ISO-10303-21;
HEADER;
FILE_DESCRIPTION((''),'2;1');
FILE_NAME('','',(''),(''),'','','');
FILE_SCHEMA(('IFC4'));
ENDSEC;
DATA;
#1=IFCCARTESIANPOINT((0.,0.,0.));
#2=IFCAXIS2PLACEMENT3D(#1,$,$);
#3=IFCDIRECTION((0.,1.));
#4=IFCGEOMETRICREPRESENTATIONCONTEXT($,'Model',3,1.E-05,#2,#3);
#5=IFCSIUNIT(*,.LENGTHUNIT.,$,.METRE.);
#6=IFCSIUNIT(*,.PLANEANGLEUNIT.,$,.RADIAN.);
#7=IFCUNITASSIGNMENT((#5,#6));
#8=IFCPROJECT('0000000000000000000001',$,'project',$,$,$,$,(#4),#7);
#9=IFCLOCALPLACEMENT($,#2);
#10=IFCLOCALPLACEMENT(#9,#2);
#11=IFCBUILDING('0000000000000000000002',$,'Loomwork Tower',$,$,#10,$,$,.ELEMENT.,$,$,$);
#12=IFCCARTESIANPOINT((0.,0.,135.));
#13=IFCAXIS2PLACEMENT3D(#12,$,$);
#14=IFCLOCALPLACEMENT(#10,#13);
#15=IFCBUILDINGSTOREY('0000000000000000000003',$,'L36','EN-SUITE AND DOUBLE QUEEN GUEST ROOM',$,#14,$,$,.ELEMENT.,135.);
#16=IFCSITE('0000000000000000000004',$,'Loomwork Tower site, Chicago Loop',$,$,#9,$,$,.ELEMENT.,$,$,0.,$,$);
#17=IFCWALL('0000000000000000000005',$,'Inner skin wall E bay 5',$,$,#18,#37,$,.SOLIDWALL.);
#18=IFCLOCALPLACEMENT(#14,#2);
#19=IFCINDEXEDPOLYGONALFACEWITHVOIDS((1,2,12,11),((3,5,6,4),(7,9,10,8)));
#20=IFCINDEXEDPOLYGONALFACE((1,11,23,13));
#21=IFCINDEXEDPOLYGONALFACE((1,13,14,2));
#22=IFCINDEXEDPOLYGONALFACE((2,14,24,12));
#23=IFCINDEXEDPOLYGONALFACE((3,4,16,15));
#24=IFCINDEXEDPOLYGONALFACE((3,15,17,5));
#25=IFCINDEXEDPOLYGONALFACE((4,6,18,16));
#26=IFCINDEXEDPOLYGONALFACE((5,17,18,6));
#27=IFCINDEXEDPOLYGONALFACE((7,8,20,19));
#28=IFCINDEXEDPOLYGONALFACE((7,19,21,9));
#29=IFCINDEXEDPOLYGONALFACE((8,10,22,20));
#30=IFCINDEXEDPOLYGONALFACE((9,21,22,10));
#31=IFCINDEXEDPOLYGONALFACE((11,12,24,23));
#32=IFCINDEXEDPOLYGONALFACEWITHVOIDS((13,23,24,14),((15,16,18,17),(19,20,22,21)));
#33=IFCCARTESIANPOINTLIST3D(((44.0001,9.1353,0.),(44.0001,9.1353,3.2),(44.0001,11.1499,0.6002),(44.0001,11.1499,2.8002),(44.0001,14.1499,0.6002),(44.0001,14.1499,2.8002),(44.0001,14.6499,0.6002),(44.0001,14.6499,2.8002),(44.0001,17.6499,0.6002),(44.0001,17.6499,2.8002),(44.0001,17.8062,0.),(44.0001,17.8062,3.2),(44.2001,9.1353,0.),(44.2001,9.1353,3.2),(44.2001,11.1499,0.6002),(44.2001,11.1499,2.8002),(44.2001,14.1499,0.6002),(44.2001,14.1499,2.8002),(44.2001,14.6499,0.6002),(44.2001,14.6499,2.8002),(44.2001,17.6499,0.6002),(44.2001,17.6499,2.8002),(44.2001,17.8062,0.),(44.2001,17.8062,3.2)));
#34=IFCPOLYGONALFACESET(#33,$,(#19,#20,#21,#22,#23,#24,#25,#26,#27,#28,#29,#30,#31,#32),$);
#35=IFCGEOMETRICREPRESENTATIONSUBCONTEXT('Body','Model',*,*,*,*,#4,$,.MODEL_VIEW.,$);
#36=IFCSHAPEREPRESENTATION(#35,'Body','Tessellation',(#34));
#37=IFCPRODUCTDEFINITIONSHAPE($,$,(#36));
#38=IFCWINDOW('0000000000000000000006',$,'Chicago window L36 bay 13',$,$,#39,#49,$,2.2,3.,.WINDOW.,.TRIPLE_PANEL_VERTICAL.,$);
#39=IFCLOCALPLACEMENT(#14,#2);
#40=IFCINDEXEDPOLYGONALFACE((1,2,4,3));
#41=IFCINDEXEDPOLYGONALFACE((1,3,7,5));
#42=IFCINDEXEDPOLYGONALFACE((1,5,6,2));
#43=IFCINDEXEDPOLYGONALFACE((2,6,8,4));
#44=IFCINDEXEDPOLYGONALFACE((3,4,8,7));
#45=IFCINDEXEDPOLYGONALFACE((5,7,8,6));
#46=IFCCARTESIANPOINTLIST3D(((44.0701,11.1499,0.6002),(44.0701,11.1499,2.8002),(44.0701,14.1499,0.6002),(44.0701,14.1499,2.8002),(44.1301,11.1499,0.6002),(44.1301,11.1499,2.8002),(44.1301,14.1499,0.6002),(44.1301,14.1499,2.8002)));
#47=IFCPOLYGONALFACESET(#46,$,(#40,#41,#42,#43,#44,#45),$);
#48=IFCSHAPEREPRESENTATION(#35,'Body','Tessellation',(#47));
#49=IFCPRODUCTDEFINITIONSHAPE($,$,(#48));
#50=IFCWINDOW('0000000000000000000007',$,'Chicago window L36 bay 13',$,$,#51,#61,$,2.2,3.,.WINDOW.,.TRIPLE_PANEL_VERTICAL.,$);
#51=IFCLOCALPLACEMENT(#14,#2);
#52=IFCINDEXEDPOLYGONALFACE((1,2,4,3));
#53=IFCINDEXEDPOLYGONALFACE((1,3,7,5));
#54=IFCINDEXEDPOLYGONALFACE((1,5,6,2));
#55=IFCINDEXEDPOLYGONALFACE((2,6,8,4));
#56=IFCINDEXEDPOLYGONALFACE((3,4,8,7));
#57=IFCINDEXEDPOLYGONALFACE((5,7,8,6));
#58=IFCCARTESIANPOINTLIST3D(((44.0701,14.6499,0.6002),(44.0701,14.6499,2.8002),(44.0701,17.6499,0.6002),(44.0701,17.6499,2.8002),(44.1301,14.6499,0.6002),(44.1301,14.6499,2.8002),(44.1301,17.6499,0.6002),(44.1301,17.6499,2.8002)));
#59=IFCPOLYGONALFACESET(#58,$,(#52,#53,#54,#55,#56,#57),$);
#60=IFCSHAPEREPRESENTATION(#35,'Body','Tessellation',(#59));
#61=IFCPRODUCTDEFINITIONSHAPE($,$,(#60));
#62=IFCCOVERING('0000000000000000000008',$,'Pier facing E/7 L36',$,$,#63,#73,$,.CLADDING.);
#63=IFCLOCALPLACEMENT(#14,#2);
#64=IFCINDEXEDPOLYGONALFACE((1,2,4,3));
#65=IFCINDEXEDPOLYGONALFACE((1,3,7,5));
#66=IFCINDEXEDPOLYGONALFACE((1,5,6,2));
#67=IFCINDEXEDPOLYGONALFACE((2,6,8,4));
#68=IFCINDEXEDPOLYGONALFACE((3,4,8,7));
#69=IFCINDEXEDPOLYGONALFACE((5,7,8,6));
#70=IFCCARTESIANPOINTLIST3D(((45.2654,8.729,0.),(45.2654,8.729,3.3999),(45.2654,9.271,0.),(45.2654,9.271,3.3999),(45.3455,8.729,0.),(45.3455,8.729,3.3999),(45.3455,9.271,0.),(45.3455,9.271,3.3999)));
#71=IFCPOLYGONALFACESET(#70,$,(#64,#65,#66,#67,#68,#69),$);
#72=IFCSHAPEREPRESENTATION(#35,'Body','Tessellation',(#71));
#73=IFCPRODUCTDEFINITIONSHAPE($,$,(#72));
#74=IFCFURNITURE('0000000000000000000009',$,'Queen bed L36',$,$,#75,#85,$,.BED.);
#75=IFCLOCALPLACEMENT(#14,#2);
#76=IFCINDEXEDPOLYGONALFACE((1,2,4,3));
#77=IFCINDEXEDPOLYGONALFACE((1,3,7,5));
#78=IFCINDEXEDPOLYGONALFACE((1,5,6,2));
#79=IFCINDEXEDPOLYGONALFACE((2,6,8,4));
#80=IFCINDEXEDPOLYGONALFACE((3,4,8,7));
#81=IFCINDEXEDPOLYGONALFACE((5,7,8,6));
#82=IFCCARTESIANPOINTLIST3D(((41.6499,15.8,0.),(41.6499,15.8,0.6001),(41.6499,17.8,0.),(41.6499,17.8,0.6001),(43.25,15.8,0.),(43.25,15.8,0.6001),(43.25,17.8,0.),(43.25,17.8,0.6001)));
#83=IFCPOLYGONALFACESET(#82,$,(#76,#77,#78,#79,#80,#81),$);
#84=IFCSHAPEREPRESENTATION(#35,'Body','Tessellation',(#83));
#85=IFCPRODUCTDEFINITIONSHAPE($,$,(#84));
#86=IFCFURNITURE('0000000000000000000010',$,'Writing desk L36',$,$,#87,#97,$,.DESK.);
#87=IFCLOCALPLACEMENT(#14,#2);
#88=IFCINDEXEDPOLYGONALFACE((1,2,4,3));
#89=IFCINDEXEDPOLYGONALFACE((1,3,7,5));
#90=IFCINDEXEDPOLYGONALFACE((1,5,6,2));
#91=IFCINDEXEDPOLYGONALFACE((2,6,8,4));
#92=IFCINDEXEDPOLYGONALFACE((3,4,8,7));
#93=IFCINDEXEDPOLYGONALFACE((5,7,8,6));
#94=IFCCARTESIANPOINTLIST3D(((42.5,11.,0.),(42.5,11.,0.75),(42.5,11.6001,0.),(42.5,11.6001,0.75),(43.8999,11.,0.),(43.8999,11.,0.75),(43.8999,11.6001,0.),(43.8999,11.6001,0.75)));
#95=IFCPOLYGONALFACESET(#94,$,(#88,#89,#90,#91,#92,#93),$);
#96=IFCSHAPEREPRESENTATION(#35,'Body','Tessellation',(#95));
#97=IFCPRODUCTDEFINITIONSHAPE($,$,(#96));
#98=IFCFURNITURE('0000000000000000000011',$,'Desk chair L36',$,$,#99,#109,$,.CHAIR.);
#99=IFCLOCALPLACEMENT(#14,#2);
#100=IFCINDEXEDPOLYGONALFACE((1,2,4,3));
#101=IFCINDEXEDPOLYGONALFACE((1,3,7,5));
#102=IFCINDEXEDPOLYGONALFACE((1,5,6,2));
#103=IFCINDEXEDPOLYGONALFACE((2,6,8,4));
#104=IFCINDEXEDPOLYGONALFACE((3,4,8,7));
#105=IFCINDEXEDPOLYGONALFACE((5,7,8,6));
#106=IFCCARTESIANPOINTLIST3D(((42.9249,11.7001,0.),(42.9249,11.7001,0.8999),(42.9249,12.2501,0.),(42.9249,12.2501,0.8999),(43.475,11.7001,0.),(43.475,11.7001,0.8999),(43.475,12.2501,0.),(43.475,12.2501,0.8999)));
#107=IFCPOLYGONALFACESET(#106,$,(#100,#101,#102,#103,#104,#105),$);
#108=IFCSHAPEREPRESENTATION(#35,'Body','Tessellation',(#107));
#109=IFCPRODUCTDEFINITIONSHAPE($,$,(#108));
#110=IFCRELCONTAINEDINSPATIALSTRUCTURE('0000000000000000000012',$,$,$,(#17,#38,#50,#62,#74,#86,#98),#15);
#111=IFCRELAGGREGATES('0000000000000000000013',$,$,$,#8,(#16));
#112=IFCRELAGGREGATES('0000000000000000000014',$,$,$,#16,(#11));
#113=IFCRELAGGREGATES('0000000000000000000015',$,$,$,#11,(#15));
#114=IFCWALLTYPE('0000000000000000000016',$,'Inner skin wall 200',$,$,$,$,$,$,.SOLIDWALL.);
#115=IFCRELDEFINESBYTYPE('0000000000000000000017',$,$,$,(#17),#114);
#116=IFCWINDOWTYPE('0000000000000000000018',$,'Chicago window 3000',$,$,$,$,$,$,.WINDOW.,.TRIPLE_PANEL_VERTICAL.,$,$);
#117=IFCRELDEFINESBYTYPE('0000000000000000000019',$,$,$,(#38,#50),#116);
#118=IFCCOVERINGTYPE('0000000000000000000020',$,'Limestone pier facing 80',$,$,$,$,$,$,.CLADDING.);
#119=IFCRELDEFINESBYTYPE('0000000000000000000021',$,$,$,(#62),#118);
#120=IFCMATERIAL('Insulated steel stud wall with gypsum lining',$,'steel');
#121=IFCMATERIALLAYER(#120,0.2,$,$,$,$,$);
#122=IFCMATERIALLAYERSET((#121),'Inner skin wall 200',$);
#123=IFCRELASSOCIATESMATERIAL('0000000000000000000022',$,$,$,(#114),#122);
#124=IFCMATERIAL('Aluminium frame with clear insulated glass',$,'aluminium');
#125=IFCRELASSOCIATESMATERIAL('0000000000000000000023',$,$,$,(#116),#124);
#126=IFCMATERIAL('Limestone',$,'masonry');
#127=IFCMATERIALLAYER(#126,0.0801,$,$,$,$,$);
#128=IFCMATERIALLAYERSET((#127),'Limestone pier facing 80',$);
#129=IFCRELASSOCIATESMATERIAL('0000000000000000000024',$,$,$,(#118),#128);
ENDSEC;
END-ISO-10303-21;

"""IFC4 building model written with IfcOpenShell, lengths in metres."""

from ifc_helpers import new_model, si_unit, direction, frame, frame_2d, origin, origin_2d, place, context, subcontext, project, spatial, rectangle, extrude, material, layer, layer_set, type_object, element, fill, save


model = new_model("IFC4")

# Units and contexts
model_context = context("Model", 3, precision=1e-05, world=origin(), true_north=direction((0.0, 1.0)))
body_context = subcontext(model_context, "Body", "Model", "MODEL_VIEW")
ifc_project = project(units=[si_unit("LENGTHUNIT", "METRE"), si_unit("PLANEANGLEUNIT", "RADIAN")], contexts=[model_context])

# Site, building, storey
site_placement = place(None, origin())
site = spatial("IfcSite", under=ifc_project, at=site_placement, Name="Loomwork Tower site, Chicago Loop", CompositionType="ELEMENT", RefElevation=0.0)
building_placement = place(site_placement, origin())
building = spatial("IfcBuilding", under=site, at=building_placement, Name="Loomwork Tower", CompositionType="ELEMENT")
storey_placement = place(building_placement, frame((0.0, 0.0, 135.0)))
storey = spatial("IfcBuildingStorey", under=building, at=storey_placement, Name="L36", Description="EN-SUITE AND DOUBLE QUEEN GUEST ROOM", CompositionType="ELEMENT", Elevation=135.0)

# Shared definitions
ifc_material_1 = material(Name="Insulated steel stud wall with gypsum lining", Category="steel")
ifc_layer_1 = layer(ifc_material_1, 0.2)
ifc_layer_set_1 = layer_set([ifc_layer_1], Name="Inner skin wall 200")
wall_type = type_object("IfcWallType", Name="Inner skin wall 200", PredefinedType="SOLIDWALL", material=ifc_layer_set_1)

# Wall, openings, windows
wall_1_placement = place(storey_placement, frame((44.1001, 9.1353, 0.0), z_axis=(0.0, 0.0, 1.0), x_axis=(0.0, 1.0, 0.0)))
wall_1 = element("IfcWall", 1, at=wall_1_placement, inside=storey, type_object=wall_type, Name="Inner skin wall E bay 5", PredefinedType="SOLIDWALL", context=body_context, shape_type="SweptSolid", body=[
    extrude(rectangle(XDim=8.6709, YDim=0.2, at=frame_2d((4.3354, 0.0))), origin(), (0.0, 0.0, 1.0), 3.2),
])
opening_1_placement = place(wall_1_placement, frame((2.0146, 0.0, 0.6001)))
opening_1 = element("IfcOpeningElement", 2, at=opening_1_placement, cuts=wall_1, PredefinedType="OPENING", context=body_context, shape_type="SweptSolid", body=[
    extrude(rectangle(XDim=3.0, YDim=2.2, at=frame_2d((1.5, 1.1001))), frame((0.0, 0.1099, 0.0), z_axis=(0.0, -1.0, 0.0), x_axis=(1.0, 0.0, 0.0)), (0.0, 0.0, 1.0), 0.22),
])
opening_2_placement = place(wall_1_placement, frame((5.5146, 0.0, 0.6001)))
opening_2 = element("IfcOpeningElement", 3, at=opening_2_placement, cuts=wall_1, PredefinedType="OPENING", context=body_context, shape_type="SweptSolid", body=[
    extrude(rectangle(XDim=3.0, YDim=2.2, at=frame_2d((1.5, 1.1001))), frame((0.0, 0.1099, 0.0), z_axis=(0.0, -1.0, 0.0), x_axis=(1.0, 0.0, 0.0)), (0.0, 0.0, 1.0), 0.22),
])
ifc_material_2 = material(Name="Aluminium frame with clear insulated glass", Category="aluminium")
window_type = type_object("IfcWindowType", Name="Chicago window 3000", PartitioningType="TRIPLE_PANEL_VERTICAL", PredefinedType="WINDOW", material=ifc_material_2)
window_1_placement = place(opening_1_placement, origin())
window_1 = element("IfcWindow", 4, at=window_1_placement, inside=storey, type_object=window_type, Name="Chicago window L36 bay 13", OverallHeight=2.2, OverallWidth=3.0, PartitioningType="TRIPLE_PANEL_VERTICAL", PredefinedType="WINDOW", context=body_context, shape_type="SweptSolid", body=[
    extrude(rectangle(XDim=3.0, YDim=2.2, at=frame_2d((1.5, 1.1001))), frame((0.0, 0.03, 0.0), z_axis=(0.0, -1.0, 0.0), x_axis=(1.0, 0.0, 0.0)), (0.0, 0.0, 1.0), 0.0601),
])
fill(opening_1, window_1)
window_2_placement = place(opening_2_placement, origin())
window_2 = element("IfcWindow", 5, at=window_2_placement, inside=storey, type_object=window_type, Name="Chicago window L36 bay 13", OverallHeight=2.2, OverallWidth=3.0, PartitioningType="TRIPLE_PANEL_VERTICAL", PredefinedType="WINDOW", context=body_context, shape_type="SweptSolid", body=[
    extrude(rectangle(XDim=3.0, YDim=2.2, at=frame_2d((1.5, 1.1001))), frame((0.0, 0.03, 0.0), z_axis=(0.0, -1.0, 0.0), x_axis=(1.0, 0.0, 0.0)), (0.0, 0.0, 1.0), 0.0601),
])
fill(opening_2, window_2)

# Covering
ifc_material_3 = material(Name="Limestone", Category="masonry")
ifc_layer_2 = layer(ifc_material_3, 0.0801)
ifc_layer_set_2 = layer_set([ifc_layer_2], Name="Limestone pier facing 80")
covering_type = type_object("IfcCoveringType", Name="Limestone pier facing 80", PredefinedType="CLADDING", material=ifc_layer_set_2)
covering_placement = place(storey_placement, frame((45.3054, 9.0, 0.0), z_axis=(0.0, 0.0, 1.0), x_axis=(1.0, 0.0, 0.0)))
element("IfcCovering", 6, at=covering_placement, inside=storey, type_object=covering_type, Name="Pier facing E/7 L36", PredefinedType="CLADDING", context=body_context, shape_type="SweptSolid", body=[
    extrude(rectangle(XDim=0.0801, YDim=0.542, at=origin_2d()), origin(), (0.0, 0.0, 1.0), 3.3999),
])

# Furniture
furniture_1_placement = place(storey_placement, frame((42.45, 16.8, 0.0), z_axis=(0.0, 0.0, 1.0), x_axis=(1.0, 0.0, 0.0)))
element("IfcFurniture", 7, at=furniture_1_placement, inside=storey, Name="Queen bed L36", PredefinedType="BED", context=body_context, shape_type="SweptSolid", body=[
    extrude(rectangle(XDim=1.6001, YDim=2.0, at=origin_2d()), origin(), (0.0, 0.0, 1.0), 0.6001),
])
furniture_2_placement = place(storey_placement, frame((43.2, 11.3, 0.0), z_axis=(0.0, 0.0, 1.0), x_axis=(1.0, 0.0, 0.0)))
element("IfcFurniture", 8, at=furniture_2_placement, inside=storey, Name="Writing desk L36", PredefinedType="DESK", context=body_context, shape_type="SweptSolid", body=[
    extrude(rectangle(XDim=1.3999, YDim=0.6001, at=origin_2d()), origin(), (0.0, 0.0, 1.0), 0.75),
])
furniture_3_placement = place(storey_placement, frame((43.2, 11.9751, 0.0), z_axis=(0.0, 0.0, 1.0), x_axis=(1.0, 0.0, 0.0)))
element("IfcFurniture", 9, at=furniture_3_placement, inside=storey, Name="Desk chair L36", PredefinedType="CHAIR", context=body_context, shape_type="SweptSolid", body=[
    extrude(rectangle(XDim=0.55, YDim=0.55, at=origin_2d()), origin(), (0.0, 0.0, 1.0), 0.8999),
])

save(model, "model.ifc")
